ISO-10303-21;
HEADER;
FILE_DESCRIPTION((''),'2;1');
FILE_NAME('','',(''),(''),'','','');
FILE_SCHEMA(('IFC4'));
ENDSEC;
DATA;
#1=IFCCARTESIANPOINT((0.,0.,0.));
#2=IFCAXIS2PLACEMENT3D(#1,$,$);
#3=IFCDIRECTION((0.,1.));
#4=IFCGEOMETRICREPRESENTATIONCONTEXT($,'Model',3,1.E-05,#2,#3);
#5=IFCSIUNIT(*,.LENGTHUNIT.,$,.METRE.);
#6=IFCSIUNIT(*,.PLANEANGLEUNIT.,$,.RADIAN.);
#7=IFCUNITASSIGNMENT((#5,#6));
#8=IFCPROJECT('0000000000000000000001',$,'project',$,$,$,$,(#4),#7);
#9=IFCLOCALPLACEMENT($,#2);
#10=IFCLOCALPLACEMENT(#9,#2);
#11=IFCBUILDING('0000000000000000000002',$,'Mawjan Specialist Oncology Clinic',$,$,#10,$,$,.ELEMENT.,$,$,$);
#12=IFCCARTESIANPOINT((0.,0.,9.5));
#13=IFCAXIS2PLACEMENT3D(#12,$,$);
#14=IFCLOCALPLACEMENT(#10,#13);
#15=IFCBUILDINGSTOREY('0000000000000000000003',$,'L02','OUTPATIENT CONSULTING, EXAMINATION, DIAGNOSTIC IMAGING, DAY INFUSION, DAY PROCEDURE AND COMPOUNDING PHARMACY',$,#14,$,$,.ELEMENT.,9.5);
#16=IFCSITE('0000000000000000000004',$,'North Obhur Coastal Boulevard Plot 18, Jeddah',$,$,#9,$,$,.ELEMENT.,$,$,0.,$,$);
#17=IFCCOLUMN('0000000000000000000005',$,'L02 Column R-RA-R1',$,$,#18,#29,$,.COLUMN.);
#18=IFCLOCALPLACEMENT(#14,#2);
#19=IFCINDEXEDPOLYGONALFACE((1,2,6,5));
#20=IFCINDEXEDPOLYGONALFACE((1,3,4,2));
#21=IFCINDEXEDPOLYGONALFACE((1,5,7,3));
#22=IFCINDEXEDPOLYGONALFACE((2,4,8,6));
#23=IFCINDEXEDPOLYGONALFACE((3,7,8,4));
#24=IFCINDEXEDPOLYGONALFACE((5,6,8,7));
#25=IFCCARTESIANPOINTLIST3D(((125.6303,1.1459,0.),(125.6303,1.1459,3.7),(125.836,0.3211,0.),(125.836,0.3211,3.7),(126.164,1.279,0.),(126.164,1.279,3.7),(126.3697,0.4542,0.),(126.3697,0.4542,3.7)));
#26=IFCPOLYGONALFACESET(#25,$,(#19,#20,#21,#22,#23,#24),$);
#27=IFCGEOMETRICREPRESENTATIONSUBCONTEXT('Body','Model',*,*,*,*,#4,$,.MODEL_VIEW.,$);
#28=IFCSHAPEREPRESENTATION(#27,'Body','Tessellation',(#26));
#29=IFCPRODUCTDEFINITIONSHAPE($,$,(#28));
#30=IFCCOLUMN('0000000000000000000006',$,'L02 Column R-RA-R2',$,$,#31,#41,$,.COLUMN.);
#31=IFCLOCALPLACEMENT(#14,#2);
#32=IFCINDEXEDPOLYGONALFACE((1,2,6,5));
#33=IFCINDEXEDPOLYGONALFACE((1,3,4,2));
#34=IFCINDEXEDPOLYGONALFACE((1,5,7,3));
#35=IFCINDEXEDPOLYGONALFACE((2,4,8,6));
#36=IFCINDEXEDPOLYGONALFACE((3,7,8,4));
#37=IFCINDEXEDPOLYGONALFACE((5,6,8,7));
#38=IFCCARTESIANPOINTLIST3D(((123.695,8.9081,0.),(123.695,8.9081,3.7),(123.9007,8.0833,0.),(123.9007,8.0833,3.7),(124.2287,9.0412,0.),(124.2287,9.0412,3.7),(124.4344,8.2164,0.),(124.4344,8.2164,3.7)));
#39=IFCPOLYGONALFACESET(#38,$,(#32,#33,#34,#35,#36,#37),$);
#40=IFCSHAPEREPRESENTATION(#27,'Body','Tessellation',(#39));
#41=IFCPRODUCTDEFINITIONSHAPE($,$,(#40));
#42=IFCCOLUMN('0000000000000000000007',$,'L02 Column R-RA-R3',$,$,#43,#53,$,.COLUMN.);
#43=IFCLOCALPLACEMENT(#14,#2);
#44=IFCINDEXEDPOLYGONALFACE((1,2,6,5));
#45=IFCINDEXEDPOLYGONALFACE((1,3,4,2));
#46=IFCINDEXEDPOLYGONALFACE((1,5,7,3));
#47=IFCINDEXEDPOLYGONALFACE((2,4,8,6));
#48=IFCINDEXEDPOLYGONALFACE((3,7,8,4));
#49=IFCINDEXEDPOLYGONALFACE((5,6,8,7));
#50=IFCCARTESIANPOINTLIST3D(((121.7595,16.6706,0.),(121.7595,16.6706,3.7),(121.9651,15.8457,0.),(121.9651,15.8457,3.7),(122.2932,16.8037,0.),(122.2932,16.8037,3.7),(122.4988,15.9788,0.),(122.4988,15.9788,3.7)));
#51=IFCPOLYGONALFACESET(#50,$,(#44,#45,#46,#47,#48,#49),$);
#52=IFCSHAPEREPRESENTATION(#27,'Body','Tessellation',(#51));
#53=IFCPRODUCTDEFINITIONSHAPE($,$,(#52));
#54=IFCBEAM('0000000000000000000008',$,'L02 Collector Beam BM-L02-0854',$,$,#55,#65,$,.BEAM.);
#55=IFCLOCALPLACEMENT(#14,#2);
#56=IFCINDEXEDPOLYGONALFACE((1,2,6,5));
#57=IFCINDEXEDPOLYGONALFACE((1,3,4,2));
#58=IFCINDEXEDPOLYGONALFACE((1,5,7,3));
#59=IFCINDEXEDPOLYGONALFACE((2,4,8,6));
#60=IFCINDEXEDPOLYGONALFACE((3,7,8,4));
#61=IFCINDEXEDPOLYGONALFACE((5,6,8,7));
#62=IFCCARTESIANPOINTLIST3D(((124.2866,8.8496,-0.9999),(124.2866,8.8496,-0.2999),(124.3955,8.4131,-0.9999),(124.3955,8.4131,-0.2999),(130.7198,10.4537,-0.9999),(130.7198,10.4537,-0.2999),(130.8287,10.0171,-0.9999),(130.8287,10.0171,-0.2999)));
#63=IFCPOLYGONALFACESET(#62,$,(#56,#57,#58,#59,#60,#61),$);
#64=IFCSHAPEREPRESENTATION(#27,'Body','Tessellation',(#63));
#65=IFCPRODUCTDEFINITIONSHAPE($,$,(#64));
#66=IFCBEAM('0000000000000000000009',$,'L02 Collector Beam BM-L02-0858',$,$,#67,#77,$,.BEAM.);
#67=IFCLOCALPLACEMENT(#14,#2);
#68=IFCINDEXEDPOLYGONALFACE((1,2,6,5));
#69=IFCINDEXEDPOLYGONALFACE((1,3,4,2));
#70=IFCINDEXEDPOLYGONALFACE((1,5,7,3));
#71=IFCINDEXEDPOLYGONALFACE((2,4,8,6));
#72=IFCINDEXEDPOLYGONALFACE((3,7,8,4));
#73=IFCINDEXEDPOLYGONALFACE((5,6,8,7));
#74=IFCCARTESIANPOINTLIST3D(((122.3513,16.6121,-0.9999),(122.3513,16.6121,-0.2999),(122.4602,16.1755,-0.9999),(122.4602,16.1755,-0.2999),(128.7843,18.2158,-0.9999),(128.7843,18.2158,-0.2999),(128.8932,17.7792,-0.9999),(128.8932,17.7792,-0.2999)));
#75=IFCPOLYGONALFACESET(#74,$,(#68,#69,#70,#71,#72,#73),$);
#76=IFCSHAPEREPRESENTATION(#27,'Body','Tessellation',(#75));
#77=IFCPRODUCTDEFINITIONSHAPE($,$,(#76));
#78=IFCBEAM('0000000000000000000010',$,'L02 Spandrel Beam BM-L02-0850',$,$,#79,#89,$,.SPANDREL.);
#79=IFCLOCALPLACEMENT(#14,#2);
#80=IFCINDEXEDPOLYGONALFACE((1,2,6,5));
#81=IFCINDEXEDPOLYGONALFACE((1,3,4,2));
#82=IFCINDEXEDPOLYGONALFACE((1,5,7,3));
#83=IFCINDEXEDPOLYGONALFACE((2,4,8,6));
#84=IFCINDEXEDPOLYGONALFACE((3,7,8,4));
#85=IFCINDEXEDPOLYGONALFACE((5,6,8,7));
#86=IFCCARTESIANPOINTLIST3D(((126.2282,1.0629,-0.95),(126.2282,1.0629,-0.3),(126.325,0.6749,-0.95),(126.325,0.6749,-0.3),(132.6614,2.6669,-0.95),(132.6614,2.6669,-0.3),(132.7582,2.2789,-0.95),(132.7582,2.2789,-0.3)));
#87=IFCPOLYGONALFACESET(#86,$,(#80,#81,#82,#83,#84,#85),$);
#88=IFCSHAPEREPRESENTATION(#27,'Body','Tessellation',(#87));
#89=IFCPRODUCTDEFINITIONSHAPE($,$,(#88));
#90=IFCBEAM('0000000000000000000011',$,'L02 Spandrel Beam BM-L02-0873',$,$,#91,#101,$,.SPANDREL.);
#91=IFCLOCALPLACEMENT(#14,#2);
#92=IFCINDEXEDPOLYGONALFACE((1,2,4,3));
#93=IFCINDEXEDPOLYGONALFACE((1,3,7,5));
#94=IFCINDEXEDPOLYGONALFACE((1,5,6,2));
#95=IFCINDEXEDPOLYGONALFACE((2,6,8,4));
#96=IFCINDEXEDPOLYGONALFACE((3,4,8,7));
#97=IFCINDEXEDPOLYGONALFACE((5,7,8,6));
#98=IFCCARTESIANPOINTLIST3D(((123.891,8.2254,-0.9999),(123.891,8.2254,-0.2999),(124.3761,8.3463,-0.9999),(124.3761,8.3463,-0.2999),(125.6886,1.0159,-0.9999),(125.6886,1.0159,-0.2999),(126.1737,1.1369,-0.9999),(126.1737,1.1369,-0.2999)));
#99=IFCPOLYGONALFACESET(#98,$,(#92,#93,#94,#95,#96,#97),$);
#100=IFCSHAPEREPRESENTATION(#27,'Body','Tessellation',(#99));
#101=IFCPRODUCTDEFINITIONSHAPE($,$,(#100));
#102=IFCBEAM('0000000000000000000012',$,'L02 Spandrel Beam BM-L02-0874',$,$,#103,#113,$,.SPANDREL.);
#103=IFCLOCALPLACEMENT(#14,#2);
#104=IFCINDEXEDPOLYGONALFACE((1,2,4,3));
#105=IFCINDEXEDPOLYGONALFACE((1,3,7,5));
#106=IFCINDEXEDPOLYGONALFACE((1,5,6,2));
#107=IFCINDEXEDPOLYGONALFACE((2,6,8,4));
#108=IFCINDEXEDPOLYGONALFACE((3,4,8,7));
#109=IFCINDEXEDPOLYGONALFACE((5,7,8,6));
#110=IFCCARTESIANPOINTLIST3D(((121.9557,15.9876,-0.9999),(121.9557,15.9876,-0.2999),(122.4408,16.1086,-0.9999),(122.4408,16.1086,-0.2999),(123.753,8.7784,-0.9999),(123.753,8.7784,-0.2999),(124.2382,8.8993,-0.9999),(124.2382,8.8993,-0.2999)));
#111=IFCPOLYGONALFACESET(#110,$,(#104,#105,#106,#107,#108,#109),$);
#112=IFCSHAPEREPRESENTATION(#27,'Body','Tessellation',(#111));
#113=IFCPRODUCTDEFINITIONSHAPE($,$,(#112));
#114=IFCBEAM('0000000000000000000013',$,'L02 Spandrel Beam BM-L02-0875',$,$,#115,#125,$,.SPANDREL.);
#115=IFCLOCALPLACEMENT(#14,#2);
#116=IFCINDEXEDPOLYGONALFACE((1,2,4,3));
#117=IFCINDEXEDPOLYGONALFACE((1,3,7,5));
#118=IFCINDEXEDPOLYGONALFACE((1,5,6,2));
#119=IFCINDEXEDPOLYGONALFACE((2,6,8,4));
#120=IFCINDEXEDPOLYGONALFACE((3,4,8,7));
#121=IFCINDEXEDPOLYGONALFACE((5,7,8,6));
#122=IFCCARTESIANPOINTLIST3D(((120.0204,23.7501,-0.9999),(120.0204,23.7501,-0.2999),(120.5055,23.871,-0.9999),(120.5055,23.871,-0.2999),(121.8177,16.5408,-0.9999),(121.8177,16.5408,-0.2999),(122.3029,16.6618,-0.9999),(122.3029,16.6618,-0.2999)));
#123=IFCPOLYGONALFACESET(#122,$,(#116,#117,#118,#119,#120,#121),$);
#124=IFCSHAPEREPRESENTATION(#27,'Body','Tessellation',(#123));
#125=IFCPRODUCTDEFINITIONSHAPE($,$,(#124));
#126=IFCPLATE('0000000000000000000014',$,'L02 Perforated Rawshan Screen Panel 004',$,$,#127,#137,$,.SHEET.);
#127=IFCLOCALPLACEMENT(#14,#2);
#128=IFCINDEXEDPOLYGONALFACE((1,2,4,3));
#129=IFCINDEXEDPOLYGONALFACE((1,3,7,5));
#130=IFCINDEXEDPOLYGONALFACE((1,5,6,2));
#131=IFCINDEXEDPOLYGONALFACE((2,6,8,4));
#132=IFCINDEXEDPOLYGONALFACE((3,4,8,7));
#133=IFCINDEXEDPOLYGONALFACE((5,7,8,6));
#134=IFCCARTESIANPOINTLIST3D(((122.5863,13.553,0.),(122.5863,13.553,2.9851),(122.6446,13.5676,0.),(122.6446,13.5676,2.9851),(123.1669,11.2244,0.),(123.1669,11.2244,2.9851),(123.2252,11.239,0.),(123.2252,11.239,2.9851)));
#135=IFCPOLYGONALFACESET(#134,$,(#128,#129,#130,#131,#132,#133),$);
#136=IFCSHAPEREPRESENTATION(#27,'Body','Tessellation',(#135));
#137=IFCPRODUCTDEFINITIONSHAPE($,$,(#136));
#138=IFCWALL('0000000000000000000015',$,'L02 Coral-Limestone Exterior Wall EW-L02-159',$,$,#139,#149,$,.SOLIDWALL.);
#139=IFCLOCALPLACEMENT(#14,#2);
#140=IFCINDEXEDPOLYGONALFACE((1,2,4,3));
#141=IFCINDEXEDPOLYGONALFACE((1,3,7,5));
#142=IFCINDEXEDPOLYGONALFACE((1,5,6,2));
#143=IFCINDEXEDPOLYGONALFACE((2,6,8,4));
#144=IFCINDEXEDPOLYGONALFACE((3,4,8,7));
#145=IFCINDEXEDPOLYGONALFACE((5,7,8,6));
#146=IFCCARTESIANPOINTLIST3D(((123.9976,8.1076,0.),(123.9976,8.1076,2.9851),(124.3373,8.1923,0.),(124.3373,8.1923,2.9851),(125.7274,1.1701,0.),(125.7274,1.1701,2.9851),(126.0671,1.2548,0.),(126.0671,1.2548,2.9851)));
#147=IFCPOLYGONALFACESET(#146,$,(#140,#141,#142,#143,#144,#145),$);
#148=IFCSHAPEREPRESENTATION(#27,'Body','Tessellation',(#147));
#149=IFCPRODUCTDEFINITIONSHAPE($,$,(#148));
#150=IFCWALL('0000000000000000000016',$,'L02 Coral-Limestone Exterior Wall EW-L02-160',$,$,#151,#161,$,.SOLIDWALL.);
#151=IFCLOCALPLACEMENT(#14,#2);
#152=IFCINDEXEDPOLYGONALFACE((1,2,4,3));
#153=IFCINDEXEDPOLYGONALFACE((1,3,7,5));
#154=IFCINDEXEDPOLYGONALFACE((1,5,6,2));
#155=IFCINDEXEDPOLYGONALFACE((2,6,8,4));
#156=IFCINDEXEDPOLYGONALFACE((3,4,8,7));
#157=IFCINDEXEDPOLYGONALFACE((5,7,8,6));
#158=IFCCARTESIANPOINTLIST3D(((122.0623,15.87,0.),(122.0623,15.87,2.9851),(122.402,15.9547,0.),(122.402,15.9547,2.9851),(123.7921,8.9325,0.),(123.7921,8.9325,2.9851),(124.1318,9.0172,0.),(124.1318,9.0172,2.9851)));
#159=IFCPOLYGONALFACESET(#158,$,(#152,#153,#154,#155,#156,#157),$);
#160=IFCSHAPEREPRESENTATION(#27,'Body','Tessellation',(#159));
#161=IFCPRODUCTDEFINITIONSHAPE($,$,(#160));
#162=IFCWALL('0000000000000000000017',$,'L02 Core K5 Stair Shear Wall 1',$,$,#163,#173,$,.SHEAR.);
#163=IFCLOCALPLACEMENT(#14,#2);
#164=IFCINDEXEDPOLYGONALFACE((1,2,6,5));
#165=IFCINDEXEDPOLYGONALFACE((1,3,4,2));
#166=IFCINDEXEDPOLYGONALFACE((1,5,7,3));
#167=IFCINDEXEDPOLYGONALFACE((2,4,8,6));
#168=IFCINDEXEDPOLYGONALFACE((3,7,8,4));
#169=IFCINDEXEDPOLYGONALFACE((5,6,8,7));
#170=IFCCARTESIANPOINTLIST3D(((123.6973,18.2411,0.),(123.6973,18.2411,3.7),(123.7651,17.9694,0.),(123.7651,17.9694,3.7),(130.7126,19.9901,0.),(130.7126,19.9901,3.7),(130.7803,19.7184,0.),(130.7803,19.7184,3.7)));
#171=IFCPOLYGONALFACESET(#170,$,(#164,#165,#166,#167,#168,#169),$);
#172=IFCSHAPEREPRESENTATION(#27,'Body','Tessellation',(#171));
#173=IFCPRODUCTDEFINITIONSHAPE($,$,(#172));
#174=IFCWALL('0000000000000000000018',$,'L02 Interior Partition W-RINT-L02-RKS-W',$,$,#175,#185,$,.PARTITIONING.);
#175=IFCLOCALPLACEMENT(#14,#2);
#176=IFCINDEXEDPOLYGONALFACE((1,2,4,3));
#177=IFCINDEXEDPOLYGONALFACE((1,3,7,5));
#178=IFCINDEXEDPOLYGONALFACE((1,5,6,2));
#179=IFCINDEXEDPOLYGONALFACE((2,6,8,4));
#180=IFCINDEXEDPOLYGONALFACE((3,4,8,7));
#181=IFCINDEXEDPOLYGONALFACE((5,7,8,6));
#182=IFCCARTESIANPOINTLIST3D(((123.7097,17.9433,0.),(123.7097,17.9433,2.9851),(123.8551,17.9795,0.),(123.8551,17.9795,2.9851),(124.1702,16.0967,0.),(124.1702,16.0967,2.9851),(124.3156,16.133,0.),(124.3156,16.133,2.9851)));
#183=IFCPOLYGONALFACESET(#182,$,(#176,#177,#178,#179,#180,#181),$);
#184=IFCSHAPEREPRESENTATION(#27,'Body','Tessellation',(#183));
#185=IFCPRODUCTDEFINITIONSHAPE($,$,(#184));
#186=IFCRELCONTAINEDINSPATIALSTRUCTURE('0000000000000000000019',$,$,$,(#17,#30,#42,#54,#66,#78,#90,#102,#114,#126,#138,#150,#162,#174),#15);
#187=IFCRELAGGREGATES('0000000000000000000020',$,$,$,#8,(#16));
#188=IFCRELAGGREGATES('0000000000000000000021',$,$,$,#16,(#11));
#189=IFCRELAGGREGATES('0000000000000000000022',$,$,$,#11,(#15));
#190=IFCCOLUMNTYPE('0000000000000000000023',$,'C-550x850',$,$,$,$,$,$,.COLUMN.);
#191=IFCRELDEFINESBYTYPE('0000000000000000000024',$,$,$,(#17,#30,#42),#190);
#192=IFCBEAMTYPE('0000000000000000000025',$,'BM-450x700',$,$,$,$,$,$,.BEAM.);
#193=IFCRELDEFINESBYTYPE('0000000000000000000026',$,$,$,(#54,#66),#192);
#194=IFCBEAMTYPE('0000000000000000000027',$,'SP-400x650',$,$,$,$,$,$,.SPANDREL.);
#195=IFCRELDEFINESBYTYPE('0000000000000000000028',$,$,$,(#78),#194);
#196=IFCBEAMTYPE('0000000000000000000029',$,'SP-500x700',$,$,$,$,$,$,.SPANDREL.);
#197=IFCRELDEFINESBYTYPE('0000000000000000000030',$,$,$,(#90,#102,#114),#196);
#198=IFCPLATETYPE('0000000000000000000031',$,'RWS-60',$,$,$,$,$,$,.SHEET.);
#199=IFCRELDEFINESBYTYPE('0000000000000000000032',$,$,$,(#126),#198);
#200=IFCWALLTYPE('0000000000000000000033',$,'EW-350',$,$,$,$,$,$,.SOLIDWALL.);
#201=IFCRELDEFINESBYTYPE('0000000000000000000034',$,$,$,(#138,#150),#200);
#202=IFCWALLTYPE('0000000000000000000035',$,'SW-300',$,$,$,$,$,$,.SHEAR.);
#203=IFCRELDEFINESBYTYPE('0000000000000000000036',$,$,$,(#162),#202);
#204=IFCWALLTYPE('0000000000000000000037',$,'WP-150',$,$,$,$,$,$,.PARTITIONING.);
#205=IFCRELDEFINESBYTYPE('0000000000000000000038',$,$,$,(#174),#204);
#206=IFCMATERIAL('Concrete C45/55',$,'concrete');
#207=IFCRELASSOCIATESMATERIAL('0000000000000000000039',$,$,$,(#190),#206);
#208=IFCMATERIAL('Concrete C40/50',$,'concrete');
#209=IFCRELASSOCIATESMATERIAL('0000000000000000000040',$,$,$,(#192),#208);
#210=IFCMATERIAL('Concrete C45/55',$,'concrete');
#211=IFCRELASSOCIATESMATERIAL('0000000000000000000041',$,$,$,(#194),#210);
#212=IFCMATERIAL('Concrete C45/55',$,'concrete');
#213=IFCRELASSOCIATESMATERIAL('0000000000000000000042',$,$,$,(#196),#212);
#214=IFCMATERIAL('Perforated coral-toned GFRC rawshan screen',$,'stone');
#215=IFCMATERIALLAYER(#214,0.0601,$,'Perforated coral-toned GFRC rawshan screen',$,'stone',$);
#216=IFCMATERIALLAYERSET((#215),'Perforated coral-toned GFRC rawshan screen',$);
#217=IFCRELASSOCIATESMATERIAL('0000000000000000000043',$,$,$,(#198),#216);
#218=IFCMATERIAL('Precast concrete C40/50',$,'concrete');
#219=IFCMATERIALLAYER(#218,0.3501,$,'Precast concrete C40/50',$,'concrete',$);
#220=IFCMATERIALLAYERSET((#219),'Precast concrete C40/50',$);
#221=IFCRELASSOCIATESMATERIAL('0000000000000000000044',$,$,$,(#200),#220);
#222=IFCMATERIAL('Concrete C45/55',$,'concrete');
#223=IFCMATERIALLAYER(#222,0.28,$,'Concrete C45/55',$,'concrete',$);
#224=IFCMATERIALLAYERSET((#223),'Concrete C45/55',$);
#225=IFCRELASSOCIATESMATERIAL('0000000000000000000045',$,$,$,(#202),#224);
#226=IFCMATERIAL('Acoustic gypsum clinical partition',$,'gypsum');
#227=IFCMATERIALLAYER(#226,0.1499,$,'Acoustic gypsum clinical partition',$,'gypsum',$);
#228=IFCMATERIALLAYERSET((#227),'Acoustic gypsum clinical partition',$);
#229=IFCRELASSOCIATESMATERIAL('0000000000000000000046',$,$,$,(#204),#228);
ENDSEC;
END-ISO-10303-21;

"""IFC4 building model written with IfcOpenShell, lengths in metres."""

from ifc_helpers import new_model, si_unit, direction, frame, frame_2d, origin, origin_2d, place, context, subcontext, project, spatial, rectangle, extrude, material, layer, layer_set, material_profile, profile_set, type_object, element, save


model = new_model("IFC4")

# Units and contexts
model_context = context("Model", 3, precision=1e-05, world=origin(), true_north=direction((0.0, 1.0)))
body_context = subcontext(model_context, "Body", "Model", "MODEL_VIEW")
ifc_project = project(units=[si_unit("LENGTHUNIT", "METRE"), si_unit("PLANEANGLEUNIT", "RADIAN")], contexts=[model_context])

# Site, building, storey
site_placement = place(None, origin())
site = spatial("IfcSite", under=ifc_project, at=site_placement, Name="North Obhur Coastal Boulevard Plot 18, Jeddah", CompositionType="ELEMENT", RefElevation=0.0)
building_placement = place(site_placement, origin())
building = spatial("IfcBuilding", under=site, at=building_placement, Name="Mawjan Specialist Oncology Clinic", CompositionType="ELEMENT")
storey_placement = place(building_placement, frame((0.0, 0.0, 9.5)))
storey = spatial("IfcBuildingStorey", under=building, at=storey_placement, Name="L02", Description="OUTPATIENT CONSULTING, EXAMINATION, DIAGNOSTIC IMAGING, DAY INFUSION, DAY PROCEDURE AND COMPOUNDING PHARMACY", CompositionType="ELEMENT", Elevation=9.5)

# Columns
ifc_material_1 = material(Name="Concrete C45/55", Category="concrete")
ifc_material_profile_1 = material_profile(ifc_material_1, rectangle(XDim=0.55, YDim=0.8501, at=origin_2d()), Name="RC COL 550x850", Category="concrete")
ifc_profile_set_1 = profile_set([ifc_material_profile_1], Name="Concrete C45/55")
column_type = type_object("IfcColumnType", Name="C-550x850", PredefinedType="COLUMN", material=ifc_profile_set_1)
for number, where, z_axis, x_axis, name in (
    (1, (126.0, 0.8, 0.0), (0.0, 0.0, 1.0), (0.970296, 0.241922, 0.0), "L02 Column R-RA-R1"),
    (2, (124.0647, 8.5623, 0.0), (0.0, 0.0, 1.0), (0.970296, 0.241922, 0.0), "L02 Column R-RA-R2"),
    (3, (122.1292, 16.3247, 0.0), (0.0, 0.0, 1.0), (0.970296, 0.241922, 0.0), "L02 Column R-RA-R3"),
):
    element("IfcColumn", number, at=place(storey_placement, frame(where, z_axis=z_axis, x_axis=x_axis)), inside=storey, type_object=column_type, Name=name, PredefinedType="COLUMN", context=body_context, shape_type="SweptSolid", body=[
        extrude(rectangle(XDim=0.55, YDim=0.8501, at=origin_2d()), origin(), (0.0, 0.0, 1.0), 3.7),
    ])

# Beams
ifc_material_2 = material(Name="Concrete C40/50", Category="concrete")
ifc_material_profile_2 = material_profile(ifc_material_2, rectangle(XDim=0.45, YDim=0.7, at=origin_2d()), Name="RC BM 450x700", Category="concrete")
ifc_profile_set_2 = profile_set([ifc_material_profile_2], Name="Concrete C40/50")
beam_type_1 = type_object("IfcBeamType", Name="BM-450x700", PredefinedType="BEAM", material=ifc_profile_set_2)
beam_1_placement = place(storey_placement, frame((124.3411, 8.6313, -0.6499), z_axis=(0.970294, 0.241929, 0.0), x_axis=(-0.241929, 0.970294, 0.0)))
element("IfcBeam", 4, at=beam_1_placement, inside=storey, type_object=beam_type_1, Name="L02 Collector Beam BM-L02-0854", PredefinedType="BEAM", context=body_context, shape_type="SweptSolid", body=[
    extrude(rectangle(XDim=0.45, YDim=0.7, at=origin_2d()), origin(), (0.0, 0.0, 1.0), 6.6301),
])
beam_2_placement = place(storey_placement, frame((122.4058, 16.3938, -0.6499), z_axis=(0.970303, 0.241894, 0.0), x_axis=(-0.241894, 0.970303, 0.0)))
element("IfcBeam", 5, at=beam_2_placement, inside=storey, type_object=beam_type_1, Name="L02 Collector Beam BM-L02-0858", PredefinedType="BEAM", context=body_context, shape_type="SweptSolid", body=[
    extrude(rectangle(XDim=0.45, YDim=0.7, at=origin_2d()), origin(), (0.0, 0.0, 1.0), 6.6299),
])
ifc_material_3 = material(Name="Concrete C45/55", Category="concrete")
ifc_material_profile_3 = material_profile(ifc_material_3, rectangle(XDim=0.3999, YDim=0.6499, at=origin_2d()), Name="RC BM 400x650", Category="concrete")
ifc_profile_set_3 = profile_set([ifc_material_profile_3], Name="Concrete C45/55")
beam_type_2 = type_object("IfcBeamType", Name="SP-400x650", PredefinedType="SPANDREL", material=ifc_profile_set_3)
beam_3_placement = place(storey_placement, frame((126.2766, 0.8689, -0.625), z_axis=(0.970294, 0.241929, 0.0), x_axis=(-0.241929, 0.970294, 0.0)))
element("IfcBeam", 6, at=beam_3_placement, inside=storey, type_object=beam_type_2, Name="L02 Spandrel Beam BM-L02-0850", PredefinedType="SPANDREL", context=body_context, shape_type="SweptSolid", body=[
    extrude(rectangle(XDim=0.3999, YDim=0.6499, at=origin_2d()), origin(), (0.0, 0.0, 1.0), 6.6301),
])
ifc_material_4 = material(Name="Concrete C45/55", Category="concrete")
ifc_material_profile_4 = material_profile(ifc_material_4, rectangle(XDim=0.5, YDim=0.7, at=origin_2d()), Name="RC BM 500x700", Category="concrete")
ifc_profile_set_4 = profile_set([ifc_material_profile_4], Name="Concrete C45/55")
beam_type_3 = type_object("IfcBeamType", Name="SP-500x700", PredefinedType="SPANDREL", material=ifc_profile_set_4)
beam_4_placement = place(storey_placement, frame((125.9312, 1.0764, -0.6499), z_axis=(-0.241933, 0.970293, 0.0), x_axis=(-0.970293, -0.241933, 0.0)))
element("IfcBeam", 7, at=beam_4_placement, inside=storey, type_object=beam_type_3, Name="L02 Spandrel Beam BM-L02-0873", PredefinedType="SPANDREL", context=body_context, shape_type="SweptSolid", body=[
    extrude(rectangle(XDim=0.5, YDim=0.7, at=origin_2d()), origin(), (0.0, 0.0, 1.0), 7.4302),
])
for number, where, z_axis, x_axis, name in (
    (8, (123.9956, 8.8389, -0.6499), (-0.241909, 0.970299, 0.0), (-0.970299, -0.241909, 0.0), "L02 Spandrel Beam BM-L02-0874"),
    (9, (122.0603, 16.6013, -0.6499), (-0.241909, 0.970299, 0.0), (-0.970299, -0.241909, 0.0), "L02 Spandrel Beam BM-L02-0875"),
):
    element("IfcBeam", number, at=place(storey_placement, frame(where, z_axis=z_axis, x_axis=x_axis)), inside=storey, type_object=beam_type_3, Name=name, PredefinedType="SPANDREL", context=body_context, shape_type="SweptSolid", body=[
        extrude(rectangle(XDim=0.5, YDim=0.7, at=origin_2d()), origin(), (0.0, 0.0, 1.0), 7.4299),
    ])

# Plate
ifc_material_5 = material(Name="Perforated coral-toned GFRC rawshan screen", Category="stone")
ifc_layer_1 = layer(ifc_material_5, 0.0601, Name="Perforated coral-toned GFRC rawshan screen", Category="stone")
ifc_layer_set_1 = layer_set([ifc_layer_1], Name="Perforated coral-toned GFRC rawshan screen")
plate_type = type_object("IfcPlateType", Name="RWS-60", PredefinedType="SHEET", material=ifc_layer_set_1)
plate_placement = place(storey_placement, frame((122.9058, 12.396, 0.0), z_axis=(0.0, 0.0, 1.0), x_axis=(-0.241922, 0.970296, 0.0)))
element("IfcPlate", 10, at=plate_placement, inside=storey, type_object=plate_type, Name="L02 Perforated Rawshan Screen Panel 004", PredefinedType="SHEET", context=body_context, shape_type="SweptSolid", body=[
    extrude(rectangle(XDim=2.3999, YDim=0.0601, at=origin_2d()), origin(), (0.0, 0.0, 1.0), 2.9851),
])

# Walls
ifc_material_6 = material(Name="Precast concrete C40/50", Category="concrete")
ifc_layer_2 = layer(ifc_material_6, 0.3501, Name="Precast concrete C40/50", Category="concrete")
ifc_layer_set_2 = layer_set([ifc_layer_2], Name="Precast concrete C40/50")
wall_type_1 = type_object("IfcWallType", Name="EW-350", PredefinedType="SOLIDWALL", material=ifc_layer_set_2)
for number, where, z_axis, x_axis, name in (
    (11, (125.8972, 1.2124, 0.0), (0.0, 0.0, 1.0), (-0.241925, 0.970295, 0.0), "L02 Coral-Limestone Exterior Wall EW-L02-159"),
    (12, (123.9619, 8.9749, 0.0), (0.0, 0.0, 1.0), (-0.241925, 0.970295, 0.0), "L02 Coral-Limestone Exterior Wall EW-L02-160"),
):
    element("IfcWall", number, at=place(storey_placement, frame(where, z_axis=z_axis, x_axis=x_axis)), inside=storey, type_object=wall_type_1, Name=name, PredefinedType="SOLIDWALL", context=body_context, shape_type="SweptSolid", body=[
        extrude(rectangle(XDim=7.1499, YDim=0.3501, at=frame_2d((3.575, 0.0))), origin(), (0.0, 0.0, 1.0), 2.9851),
    ])
ifc_material_7 = material(Name="Concrete C45/55", Category="concrete")
ifc_layer_3 = layer(ifc_material_7, 0.28, Name="Concrete C45/55", Category="concrete")
ifc_layer_set_3 = layer_set([ifc_layer_3], Name="Concrete C45/55")
wall_type_2 = type_object("IfcWallType", Name="SW-300", PredefinedType="SHEAR", material=ifc_layer_set_3)
wall_1_placement = place(storey_placement, frame((123.7312, 18.1052, 0.0), z_axis=(0.0, 0.0, 1.0), x_axis=(0.970297, 0.241916, 0.0)))
element("IfcWall", 13, at=wall_1_placement, inside=storey, type_object=wall_type_2, Name="L02 Core K5 Stair Shear Wall 1", PredefinedType="SHEAR", context=body_context, shape_type="SweptSolid", body=[
    extrude(rectangle(XDim=7.23, YDim=0.28, at=frame_2d((3.615, 0.0))), origin(), (0.0, 0.0, 1.0), 3.7),
])
ifc_material_8 = material(Name="Acoustic gypsum clinical partition", Category="gypsum")
ifc_layer_4 = layer(ifc_material_8, 0.1499, Name="Acoustic gypsum clinical partition", Category="gypsum")
ifc_layer_set_4 = layer_set([ifc_layer_4], Name="Acoustic gypsum clinical partition")
wall_type_3 = type_object("IfcWallType", Name="WP-150", PredefinedType="PARTITIONING", material=ifc_layer_set_4)
wall_2_placement = place(storey_placement, frame((124.2429, 16.1147, 0.0), z_axis=(0.0, 0.0, 1.0), x_axis=(-0.241962, 0.970286, 0.0)))
element("IfcWall", 14, at=wall_2_placement, inside=storey, type_object=wall_type_3, Name="L02 Interior Partition W-RINT-L02-RKS-W", PredefinedType="PARTITIONING", context=body_context, shape_type="SweptSolid", body=[
    extrude(rectangle(XDim=1.9031, YDim=0.1499, at=frame_2d((0.9517, 0.0))), origin(), (0.0, 0.0, 1.0), 2.9851),
])

save(model, "model.ifc")
